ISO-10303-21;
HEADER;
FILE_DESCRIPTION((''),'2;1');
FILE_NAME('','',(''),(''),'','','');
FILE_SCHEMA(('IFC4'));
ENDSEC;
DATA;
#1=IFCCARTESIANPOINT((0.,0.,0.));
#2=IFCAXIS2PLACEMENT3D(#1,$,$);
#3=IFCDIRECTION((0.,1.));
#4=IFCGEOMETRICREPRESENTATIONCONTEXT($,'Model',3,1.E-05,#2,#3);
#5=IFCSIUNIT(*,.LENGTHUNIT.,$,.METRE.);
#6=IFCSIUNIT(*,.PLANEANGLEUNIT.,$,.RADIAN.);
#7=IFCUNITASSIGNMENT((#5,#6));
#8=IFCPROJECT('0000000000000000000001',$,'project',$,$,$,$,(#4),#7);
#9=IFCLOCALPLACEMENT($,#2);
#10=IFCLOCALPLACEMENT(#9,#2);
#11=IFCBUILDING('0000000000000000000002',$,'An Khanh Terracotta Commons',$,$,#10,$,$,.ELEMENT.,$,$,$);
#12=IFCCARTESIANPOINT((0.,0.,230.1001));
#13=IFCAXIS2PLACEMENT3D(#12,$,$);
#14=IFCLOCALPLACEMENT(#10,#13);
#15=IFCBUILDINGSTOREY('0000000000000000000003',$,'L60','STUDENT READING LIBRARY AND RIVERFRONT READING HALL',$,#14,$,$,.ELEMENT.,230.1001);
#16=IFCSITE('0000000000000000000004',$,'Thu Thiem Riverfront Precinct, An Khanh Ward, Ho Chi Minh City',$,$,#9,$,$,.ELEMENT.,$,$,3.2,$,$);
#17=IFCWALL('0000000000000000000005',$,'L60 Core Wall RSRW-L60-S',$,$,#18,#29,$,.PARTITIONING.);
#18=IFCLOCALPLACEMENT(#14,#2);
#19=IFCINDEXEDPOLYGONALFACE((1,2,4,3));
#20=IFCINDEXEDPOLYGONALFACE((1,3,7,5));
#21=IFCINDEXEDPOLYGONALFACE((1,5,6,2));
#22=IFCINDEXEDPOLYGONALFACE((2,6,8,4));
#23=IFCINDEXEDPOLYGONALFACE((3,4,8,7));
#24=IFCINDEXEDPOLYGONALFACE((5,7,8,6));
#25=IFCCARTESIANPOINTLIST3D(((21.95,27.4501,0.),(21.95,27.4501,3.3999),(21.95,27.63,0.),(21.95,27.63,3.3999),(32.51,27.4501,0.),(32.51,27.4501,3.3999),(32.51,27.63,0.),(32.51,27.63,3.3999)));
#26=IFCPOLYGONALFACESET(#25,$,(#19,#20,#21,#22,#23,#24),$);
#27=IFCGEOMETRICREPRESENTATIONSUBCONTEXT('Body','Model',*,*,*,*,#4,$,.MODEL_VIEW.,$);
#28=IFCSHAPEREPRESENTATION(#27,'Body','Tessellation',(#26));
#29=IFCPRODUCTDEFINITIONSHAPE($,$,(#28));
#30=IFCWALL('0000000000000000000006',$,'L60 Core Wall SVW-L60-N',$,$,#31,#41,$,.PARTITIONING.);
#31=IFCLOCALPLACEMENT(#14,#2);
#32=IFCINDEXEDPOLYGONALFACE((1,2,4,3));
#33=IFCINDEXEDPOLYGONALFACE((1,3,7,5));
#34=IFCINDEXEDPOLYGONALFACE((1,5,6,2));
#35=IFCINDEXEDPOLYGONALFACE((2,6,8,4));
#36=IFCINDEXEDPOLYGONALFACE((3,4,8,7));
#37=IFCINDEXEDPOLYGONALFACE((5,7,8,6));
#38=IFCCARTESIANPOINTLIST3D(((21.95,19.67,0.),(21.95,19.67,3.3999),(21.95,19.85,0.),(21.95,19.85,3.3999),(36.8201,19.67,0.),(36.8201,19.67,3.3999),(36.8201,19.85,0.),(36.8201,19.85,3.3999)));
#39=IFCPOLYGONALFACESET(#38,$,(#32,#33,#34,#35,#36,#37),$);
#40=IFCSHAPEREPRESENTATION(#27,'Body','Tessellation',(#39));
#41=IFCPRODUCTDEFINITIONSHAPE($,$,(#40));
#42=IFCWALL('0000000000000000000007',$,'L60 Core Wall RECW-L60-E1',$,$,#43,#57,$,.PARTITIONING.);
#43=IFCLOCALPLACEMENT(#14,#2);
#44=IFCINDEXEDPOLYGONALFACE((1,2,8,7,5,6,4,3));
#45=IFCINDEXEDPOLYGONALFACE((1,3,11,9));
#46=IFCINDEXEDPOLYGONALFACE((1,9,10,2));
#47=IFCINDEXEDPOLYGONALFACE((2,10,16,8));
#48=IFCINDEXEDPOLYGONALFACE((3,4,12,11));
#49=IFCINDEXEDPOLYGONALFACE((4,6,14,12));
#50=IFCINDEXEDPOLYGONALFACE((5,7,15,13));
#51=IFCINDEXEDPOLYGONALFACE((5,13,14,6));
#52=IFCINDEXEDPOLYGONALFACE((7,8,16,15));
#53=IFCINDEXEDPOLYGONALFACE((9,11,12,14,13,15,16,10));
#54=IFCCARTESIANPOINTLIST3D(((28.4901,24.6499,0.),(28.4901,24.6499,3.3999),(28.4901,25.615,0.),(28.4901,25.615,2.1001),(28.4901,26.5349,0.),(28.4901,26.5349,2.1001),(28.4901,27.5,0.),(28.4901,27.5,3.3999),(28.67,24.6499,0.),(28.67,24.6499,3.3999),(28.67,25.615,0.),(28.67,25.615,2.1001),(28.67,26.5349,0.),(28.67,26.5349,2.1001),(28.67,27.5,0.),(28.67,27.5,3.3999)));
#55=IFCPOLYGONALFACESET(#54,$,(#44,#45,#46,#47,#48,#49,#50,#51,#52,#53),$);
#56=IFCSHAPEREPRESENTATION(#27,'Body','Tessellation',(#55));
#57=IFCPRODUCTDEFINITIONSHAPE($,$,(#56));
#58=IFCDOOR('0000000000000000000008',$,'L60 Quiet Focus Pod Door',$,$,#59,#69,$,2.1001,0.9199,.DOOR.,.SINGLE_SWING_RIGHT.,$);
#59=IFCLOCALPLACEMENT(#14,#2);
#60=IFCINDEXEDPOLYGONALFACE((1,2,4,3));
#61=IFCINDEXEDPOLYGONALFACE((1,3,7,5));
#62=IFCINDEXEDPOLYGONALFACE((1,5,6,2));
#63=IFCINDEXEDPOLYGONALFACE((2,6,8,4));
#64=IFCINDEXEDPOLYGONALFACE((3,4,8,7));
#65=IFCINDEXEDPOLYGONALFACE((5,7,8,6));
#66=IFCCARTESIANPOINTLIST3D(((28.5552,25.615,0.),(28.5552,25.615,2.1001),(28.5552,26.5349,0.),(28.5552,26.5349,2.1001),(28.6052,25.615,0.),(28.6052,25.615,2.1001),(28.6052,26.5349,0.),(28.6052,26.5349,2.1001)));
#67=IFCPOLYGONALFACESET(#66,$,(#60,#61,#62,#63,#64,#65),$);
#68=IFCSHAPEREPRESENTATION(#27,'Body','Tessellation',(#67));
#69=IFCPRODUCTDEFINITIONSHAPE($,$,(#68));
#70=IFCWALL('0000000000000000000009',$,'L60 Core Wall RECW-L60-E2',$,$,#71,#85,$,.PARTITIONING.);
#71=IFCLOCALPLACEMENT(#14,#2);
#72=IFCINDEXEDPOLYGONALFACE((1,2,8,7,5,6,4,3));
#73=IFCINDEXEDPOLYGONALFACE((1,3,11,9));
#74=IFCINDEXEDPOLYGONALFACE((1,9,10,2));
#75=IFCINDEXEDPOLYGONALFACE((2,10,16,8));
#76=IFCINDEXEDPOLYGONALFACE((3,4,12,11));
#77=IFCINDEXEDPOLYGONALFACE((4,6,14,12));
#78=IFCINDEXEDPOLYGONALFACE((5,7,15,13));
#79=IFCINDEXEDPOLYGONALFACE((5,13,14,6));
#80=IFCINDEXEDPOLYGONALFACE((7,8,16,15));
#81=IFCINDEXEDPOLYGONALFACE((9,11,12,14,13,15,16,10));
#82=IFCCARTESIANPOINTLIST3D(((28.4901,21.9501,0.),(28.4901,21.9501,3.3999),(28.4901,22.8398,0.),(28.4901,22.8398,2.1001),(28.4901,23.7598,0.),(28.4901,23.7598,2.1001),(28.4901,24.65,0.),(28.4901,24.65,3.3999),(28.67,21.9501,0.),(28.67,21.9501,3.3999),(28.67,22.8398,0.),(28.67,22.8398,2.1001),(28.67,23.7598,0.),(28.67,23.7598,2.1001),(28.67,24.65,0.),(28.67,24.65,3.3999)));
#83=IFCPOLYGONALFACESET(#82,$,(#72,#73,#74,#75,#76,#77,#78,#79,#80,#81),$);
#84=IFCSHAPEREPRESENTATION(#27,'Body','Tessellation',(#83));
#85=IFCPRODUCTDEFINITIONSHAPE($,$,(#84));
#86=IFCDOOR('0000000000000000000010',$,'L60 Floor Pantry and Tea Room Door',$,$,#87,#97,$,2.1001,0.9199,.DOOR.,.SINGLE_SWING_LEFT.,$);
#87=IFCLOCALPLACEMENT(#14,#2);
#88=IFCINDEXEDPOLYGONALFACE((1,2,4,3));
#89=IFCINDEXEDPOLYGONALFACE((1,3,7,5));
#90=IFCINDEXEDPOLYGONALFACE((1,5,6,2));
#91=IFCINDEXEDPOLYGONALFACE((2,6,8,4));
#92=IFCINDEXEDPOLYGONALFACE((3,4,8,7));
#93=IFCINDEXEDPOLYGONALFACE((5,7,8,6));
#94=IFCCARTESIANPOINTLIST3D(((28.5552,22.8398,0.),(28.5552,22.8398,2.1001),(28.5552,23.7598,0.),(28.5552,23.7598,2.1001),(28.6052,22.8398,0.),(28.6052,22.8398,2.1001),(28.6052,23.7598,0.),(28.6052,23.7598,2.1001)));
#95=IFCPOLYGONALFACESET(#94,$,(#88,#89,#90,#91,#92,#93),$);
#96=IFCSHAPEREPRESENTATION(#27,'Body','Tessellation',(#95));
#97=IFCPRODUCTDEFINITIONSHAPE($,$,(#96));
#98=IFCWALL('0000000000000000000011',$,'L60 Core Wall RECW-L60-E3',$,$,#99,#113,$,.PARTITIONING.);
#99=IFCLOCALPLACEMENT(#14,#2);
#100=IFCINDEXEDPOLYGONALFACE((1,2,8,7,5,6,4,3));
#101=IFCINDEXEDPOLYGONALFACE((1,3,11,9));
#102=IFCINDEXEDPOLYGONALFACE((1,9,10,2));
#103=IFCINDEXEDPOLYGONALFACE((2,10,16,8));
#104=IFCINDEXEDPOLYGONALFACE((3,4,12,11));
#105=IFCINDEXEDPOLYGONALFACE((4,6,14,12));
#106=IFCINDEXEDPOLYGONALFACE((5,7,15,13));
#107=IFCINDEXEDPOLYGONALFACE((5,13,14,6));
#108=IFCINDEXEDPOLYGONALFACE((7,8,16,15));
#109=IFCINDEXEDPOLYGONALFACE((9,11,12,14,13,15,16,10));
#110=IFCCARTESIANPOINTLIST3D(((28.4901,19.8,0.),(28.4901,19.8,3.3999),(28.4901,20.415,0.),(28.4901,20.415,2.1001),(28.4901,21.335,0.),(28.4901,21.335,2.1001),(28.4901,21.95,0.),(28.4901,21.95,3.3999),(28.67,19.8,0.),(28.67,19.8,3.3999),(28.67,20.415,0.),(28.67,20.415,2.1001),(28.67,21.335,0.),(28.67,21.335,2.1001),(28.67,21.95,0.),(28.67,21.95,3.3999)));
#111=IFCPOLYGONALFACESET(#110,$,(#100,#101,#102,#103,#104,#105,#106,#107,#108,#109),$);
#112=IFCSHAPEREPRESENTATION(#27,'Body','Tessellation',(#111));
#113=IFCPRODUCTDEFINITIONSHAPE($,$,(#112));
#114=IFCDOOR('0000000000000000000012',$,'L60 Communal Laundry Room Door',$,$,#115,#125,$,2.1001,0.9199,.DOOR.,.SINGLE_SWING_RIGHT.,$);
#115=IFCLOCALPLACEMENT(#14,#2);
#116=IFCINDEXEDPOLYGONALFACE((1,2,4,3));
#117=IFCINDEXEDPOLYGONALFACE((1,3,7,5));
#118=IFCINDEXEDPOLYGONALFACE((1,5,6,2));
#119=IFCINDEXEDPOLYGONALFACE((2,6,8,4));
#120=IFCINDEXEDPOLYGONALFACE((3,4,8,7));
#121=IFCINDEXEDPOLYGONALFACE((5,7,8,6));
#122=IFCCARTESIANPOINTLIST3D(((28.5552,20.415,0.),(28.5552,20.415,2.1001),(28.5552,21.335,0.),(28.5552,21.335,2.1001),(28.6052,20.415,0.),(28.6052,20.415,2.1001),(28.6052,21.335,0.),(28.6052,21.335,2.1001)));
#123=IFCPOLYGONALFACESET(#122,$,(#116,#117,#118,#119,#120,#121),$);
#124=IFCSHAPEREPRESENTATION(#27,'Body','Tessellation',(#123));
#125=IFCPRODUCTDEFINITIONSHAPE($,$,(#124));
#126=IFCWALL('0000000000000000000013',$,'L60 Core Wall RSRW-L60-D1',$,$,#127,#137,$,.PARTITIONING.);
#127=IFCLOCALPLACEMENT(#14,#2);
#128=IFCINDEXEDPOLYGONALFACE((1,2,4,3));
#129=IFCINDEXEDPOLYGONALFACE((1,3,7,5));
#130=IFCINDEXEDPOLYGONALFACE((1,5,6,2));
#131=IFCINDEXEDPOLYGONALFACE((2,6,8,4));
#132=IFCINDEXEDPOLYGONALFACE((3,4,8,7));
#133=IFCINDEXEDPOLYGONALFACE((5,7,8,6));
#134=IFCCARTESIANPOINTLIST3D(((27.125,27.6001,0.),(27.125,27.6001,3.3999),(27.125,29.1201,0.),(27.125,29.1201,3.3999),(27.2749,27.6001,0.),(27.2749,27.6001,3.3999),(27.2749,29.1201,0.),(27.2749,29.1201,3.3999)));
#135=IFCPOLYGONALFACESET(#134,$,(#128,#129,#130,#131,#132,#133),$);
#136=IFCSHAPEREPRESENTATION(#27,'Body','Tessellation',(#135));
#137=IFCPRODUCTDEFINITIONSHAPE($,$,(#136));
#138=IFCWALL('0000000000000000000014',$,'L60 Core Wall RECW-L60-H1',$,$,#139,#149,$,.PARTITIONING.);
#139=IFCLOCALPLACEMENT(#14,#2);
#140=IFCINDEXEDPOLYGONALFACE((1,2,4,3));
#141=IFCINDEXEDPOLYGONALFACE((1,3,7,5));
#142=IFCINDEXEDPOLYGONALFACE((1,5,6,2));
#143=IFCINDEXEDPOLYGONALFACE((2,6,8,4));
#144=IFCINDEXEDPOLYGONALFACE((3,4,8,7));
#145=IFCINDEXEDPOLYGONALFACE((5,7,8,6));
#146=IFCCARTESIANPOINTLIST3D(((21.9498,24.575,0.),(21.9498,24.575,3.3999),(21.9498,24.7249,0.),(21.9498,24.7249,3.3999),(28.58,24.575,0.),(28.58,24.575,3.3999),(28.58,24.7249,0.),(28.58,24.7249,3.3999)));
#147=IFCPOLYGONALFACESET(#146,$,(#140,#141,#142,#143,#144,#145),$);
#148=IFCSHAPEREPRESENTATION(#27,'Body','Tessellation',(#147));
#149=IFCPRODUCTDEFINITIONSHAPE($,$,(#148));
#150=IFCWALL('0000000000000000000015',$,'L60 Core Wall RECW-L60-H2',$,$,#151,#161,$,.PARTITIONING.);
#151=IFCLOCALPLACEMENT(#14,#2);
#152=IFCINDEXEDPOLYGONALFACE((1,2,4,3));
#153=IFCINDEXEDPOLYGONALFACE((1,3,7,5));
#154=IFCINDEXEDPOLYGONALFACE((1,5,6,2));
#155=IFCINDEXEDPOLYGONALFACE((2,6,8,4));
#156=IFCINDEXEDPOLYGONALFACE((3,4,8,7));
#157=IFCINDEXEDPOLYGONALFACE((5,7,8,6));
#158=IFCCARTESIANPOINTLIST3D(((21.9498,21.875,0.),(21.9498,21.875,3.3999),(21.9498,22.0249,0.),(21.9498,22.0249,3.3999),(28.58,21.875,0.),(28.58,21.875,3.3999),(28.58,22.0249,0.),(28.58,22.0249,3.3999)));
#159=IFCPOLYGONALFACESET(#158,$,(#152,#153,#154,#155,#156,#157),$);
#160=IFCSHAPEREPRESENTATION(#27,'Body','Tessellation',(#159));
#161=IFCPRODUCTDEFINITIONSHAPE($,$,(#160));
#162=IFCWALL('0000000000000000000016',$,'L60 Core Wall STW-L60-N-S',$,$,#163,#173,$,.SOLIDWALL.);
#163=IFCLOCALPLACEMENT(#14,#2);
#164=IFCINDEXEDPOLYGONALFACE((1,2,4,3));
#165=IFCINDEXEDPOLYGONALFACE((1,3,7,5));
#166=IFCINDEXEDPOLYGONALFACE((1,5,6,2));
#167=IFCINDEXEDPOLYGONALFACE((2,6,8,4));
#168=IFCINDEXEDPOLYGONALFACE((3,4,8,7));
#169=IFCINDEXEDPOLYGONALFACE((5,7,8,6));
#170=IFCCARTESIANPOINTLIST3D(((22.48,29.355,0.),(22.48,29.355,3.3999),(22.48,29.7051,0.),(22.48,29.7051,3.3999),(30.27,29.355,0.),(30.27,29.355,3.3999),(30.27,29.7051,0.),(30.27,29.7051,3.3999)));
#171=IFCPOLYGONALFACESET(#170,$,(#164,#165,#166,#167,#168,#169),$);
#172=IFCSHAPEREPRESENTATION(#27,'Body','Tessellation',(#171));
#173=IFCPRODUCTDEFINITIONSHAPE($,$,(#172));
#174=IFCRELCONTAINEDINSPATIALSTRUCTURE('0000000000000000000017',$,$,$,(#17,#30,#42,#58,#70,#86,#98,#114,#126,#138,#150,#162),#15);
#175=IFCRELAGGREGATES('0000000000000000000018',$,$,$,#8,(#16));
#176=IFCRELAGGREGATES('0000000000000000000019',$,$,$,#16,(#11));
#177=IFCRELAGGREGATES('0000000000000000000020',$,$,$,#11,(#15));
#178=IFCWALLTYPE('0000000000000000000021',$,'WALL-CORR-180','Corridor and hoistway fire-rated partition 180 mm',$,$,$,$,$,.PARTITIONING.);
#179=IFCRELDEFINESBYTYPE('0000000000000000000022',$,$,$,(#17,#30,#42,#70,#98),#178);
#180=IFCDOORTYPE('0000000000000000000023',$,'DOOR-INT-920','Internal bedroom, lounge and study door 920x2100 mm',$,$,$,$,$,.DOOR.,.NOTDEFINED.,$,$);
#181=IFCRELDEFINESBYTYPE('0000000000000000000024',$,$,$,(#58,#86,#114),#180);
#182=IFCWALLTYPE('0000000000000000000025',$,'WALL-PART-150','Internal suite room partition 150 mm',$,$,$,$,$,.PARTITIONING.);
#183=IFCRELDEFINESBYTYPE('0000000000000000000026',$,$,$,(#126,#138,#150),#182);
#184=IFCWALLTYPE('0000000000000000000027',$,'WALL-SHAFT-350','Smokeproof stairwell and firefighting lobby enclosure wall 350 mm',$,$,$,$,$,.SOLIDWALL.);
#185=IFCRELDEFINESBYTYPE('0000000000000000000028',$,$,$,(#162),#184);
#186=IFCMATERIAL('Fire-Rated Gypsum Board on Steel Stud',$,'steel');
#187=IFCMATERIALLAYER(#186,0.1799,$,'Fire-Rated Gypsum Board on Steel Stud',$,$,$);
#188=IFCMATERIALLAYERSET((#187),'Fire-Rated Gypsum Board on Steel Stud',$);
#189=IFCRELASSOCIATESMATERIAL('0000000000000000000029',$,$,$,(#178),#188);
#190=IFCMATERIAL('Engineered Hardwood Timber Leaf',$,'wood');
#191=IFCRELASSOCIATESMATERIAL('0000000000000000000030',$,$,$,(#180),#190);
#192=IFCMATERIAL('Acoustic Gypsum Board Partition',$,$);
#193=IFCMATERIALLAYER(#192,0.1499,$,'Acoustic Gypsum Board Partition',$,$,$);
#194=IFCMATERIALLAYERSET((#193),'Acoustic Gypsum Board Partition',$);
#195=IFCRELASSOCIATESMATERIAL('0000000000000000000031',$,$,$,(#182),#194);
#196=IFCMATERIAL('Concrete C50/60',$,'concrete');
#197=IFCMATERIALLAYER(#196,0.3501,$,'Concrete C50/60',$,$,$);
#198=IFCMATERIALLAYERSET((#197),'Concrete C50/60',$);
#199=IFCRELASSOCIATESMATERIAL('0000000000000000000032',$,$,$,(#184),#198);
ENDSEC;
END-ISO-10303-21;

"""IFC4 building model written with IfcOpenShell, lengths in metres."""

from ifc_helpers import new_model, si_unit, direction, frame, frame_2d, origin, place, context, subcontext, project, spatial, rectangle, extrude, material, layer, layer_set, type_object, element, fill, save


model = new_model("IFC4")

# Units and contexts
model_context = context("Model", 3, precision=1e-05, world=origin(), true_north=direction((0.0, 1.0)))
body_context = subcontext(model_context, "Body", "Model", "MODEL_VIEW")
ifc_project = project(units=[si_unit("LENGTHUNIT", "METRE"), si_unit("PLANEANGLEUNIT", "RADIAN")], contexts=[model_context])

# Site, building, storey
site_placement = place(None, origin())
site = spatial("IfcSite", under=ifc_project, at=site_placement, Name="Thu Thiem Riverfront Precinct, An Khanh Ward, Ho Chi Minh City", CompositionType="ELEMENT", RefElevation=3.2)
building_placement = place(site_placement, origin())
building = spatial("IfcBuilding", under=site, at=building_placement, Name="An Khanh Terracotta Commons", CompositionType="ELEMENT")
storey_placement = place(building_placement, frame((0.0, 0.0, 230.1001)))
storey = spatial("IfcBuildingStorey", under=building, at=storey_placement, Name="L60", Description="STUDENT READING LIBRARY AND RIVERFRONT READING HALL", CompositionType="ELEMENT", Elevation=230.1001)

# Walls
ifc_material_1 = material(Name="Fire-Rated Gypsum Board on Steel Stud", Category="steel")
ifc_layer_1 = layer(ifc_material_1, 0.1799, Name="Fire-Rated Gypsum Board on Steel Stud")
ifc_layer_set_1 = layer_set([ifc_layer_1], Name="Fire-Rated Gypsum Board on Steel Stud")
wall_type_1 = type_object("IfcWallType", Name="WALL-CORR-180", Description="Corridor and hoistway fire-rated partition 180 mm", PredefinedType="PARTITIONING", material=ifc_layer_set_1)
wall_1_placement = place(storey_placement, frame((21.95, 27.54, 0.0), z_axis=(0.0, 0.0, 1.0), x_axis=(1.0, 0.0, 0.0)))
element("IfcWall", 1, at=wall_1_placement, inside=storey, type_object=wall_type_1, Name="L60 Core Wall RSRW-L60-S", PredefinedType="PARTITIONING", context=body_context, shape_type="SweptSolid", body=[
    extrude(rectangle(XDim=10.5601, YDim=0.1799, at=frame_2d((5.28, 0.0))), origin(), (0.0, 0.0, 1.0), 3.3999),
])
wall_2_placement = place(storey_placement, frame((21.95, 19.76, 0.0), z_axis=(0.0, 0.0, 1.0), x_axis=(1.0, 0.0, 0.0)))
element("IfcWall", 2, at=wall_2_placement, inside=storey, type_object=wall_type_1, Name="L60 Core Wall SVW-L60-N", PredefinedType="PARTITIONING", context=body_context, shape_type="SweptSolid", body=[
    extrude(rectangle(XDim=14.8701, YDim=0.1799, at=frame_2d((7.4351, 0.0))), origin(), (0.0, 0.0, 1.0), 3.3999),
])

# Walls, openings, doors
wall_3_placement = place(storey_placement, frame((28.5801, 24.6499, 0.0), z_axis=(0.0, 0.0, 1.0), x_axis=(0.0, 1.0, 0.0)))
wall_3 = element("IfcWall", 3, at=wall_3_placement, inside=storey, type_object=wall_type_1, Name="L60 Core Wall RECW-L60-E1", PredefinedType="PARTITIONING", context=body_context, shape_type="SweptSolid", body=[
    extrude(rectangle(XDim=2.8501, YDim=0.1799, at=frame_2d((1.425, 0.0))), origin(), (0.0, 0.0, 1.0), 3.3999),
])
opening_1_placement = place(wall_3_placement, frame((0.9651, 0.0, 0.0)))
opening_1 = element("IfcOpeningElement", 4, at=opening_1_placement, cuts=wall_3, PredefinedType="OPENING", context=body_context, shape_type="SweptSolid", body=[
    extrude(rectangle(XDim=0.9199, YDim=2.1001, at=frame_2d((0.46, 1.05))), frame((0.0, 0.0999, 0.0), z_axis=(0.0, -1.0, 0.0), x_axis=(1.0, 0.0, 0.0)), (0.0, 0.0, 1.0), 0.2),
])
ifc_material_2 = material(Name="Engineered Hardwood Timber Leaf", Category="wood")
door_type = type_object("IfcDoorType", Name="DOOR-INT-920", Description="Internal bedroom, lounge and study door 920x2100 mm", OperationType="NOTDEFINED", PredefinedType="DOOR", material=ifc_material_2)
door_1_placement = place(opening_1_placement, origin())
door_1 = element("IfcDoor", 5, at=door_1_placement, inside=storey, type_object=door_type, Name="L60 Quiet Focus Pod Door", OperationType="SINGLE_SWING_RIGHT", OverallHeight=2.1001, OverallWidth=0.9199, PredefinedType="DOOR", context=body_context, shape_type="SweptSolid", body=[
    extrude(rectangle(XDim=0.9199, YDim=2.1001, at=frame_2d((0.46, 1.05))), frame((0.0, 0.0249, 0.0), z_axis=(0.0, -1.0, 0.0), x_axis=(1.0, 0.0, 0.0)), (0.0, 0.0, 1.0), 0.05),
])
fill(opening_1, door_1)
wall_4_placement = place(storey_placement, frame((28.5801, 21.95, 0.0), z_axis=(0.0, 0.0, 1.0), x_axis=(0.0, 1.0, 0.0)))
wall_4 = element("IfcWall", 6, at=wall_4_placement, inside=storey, type_object=wall_type_1, Name="L60 Core Wall RECW-L60-E2", PredefinedType="PARTITIONING", context=body_context, shape_type="SweptSolid", body=[
    extrude(rectangle(XDim=2.7, YDim=0.1799, at=frame_2d((1.3501, 0.0))), origin(), (0.0, 0.0, 1.0), 3.3999),
])
opening_2_placement = place(wall_4_placement, frame((0.8899, 0.0, 0.0)))
opening_2 = element("IfcOpeningElement", 7, at=opening_2_placement, cuts=wall_4, PredefinedType="OPENING", context=body_context, shape_type="SweptSolid", body=[
    extrude(rectangle(XDim=0.9199, YDim=2.1001, at=frame_2d((0.46, 1.05))), frame((0.0, 0.0999, 0.0), z_axis=(0.0, -1.0, 0.0), x_axis=(1.0, 0.0, 0.0)), (0.0, 0.0, 1.0), 0.2),
])
door_2_placement = place(opening_2_placement, origin())
door_2 = element("IfcDoor", 8, at=door_2_placement, inside=storey, type_object=door_type, Name="L60 Floor Pantry and Tea Room Door", OperationType="SINGLE_SWING_LEFT", OverallHeight=2.1001, OverallWidth=0.9199, PredefinedType="DOOR", context=body_context, shape_type="SweptSolid", body=[
    extrude(rectangle(XDim=0.9199, YDim=2.1001, at=frame_2d((0.46, 1.05))), frame((0.0, 0.0249, 0.0), z_axis=(0.0, -1.0, 0.0), x_axis=(1.0, 0.0, 0.0)), (0.0, 0.0, 1.0), 0.05),
])
fill(opening_2, door_2)
wall_5_placement = place(storey_placement, frame((28.5801, 19.8, 0.0), z_axis=(0.0, 0.0, 1.0), x_axis=(0.0, 1.0, 0.0)))
wall_5 = element("IfcWall", 9, at=wall_5_placement, inside=storey, type_object=wall_type_1, Name="L60 Core Wall RECW-L60-E3", PredefinedType="PARTITIONING", context=body_context, shape_type="SweptSolid", body=[
    extrude(rectangle(XDim=2.1499, YDim=0.1799, at=frame_2d((1.075, 0.0))), origin(), (0.0, 0.0, 1.0), 3.3999),
])
opening_3_placement = place(wall_5_placement, frame((0.615, 0.0, 0.0)))
opening_3 = element("IfcOpeningElement", 10, at=opening_3_placement, cuts=wall_5, PredefinedType="OPENING", context=body_context, shape_type="SweptSolid", body=[
    extrude(rectangle(XDim=0.9199, YDim=2.1001, at=frame_2d((0.46, 1.05))), frame((0.0, 0.0999, 0.0), z_axis=(0.0, -1.0, 0.0), x_axis=(1.0, 0.0, 0.0)), (0.0, 0.0, 1.0), 0.2),
])
door_3_placement = place(opening_3_placement, origin())
door_3 = element("IfcDoor", 11, at=door_3_placement, inside=storey, type_object=door_type, Name="L60 Communal Laundry Room Door", OperationType="SINGLE_SWING_RIGHT", OverallHeight=2.1001, OverallWidth=0.9199, PredefinedType="DOOR", context=body_context, shape_type="SweptSolid", body=[
    extrude(rectangle(XDim=0.9199, YDim=2.1001, at=frame_2d((0.46, 1.05))), frame((0.0, 0.0249, 0.0), z_axis=(0.0, -1.0, 0.0), x_axis=(1.0, 0.0, 0.0)), (0.0, 0.0, 1.0), 0.05),
])
fill(opening_3, door_3)

# Walls
ifc_material_3 = material(Name="Acoustic Gypsum Board Partition")
ifc_layer_2 = layer(ifc_material_3, 0.1499, Name="Acoustic Gypsum Board Partition")
ifc_layer_set_2 = layer_set([ifc_layer_2], Name="Acoustic Gypsum Board Partition")
wall_type_2 = type_object("IfcWallType", Name="WALL-PART-150", Description="Internal suite room partition 150 mm", PredefinedType="PARTITIONING", material=ifc_layer_set_2)
wall_6_placement = place(storey_placement, frame((27.2, 27.6001, 0.0), z_axis=(0.0, 0.0, 1.0), x_axis=(0.0, 1.0, 0.0)))
element("IfcWall", 12, at=wall_6_placement, inside=storey, type_object=wall_type_2, Name="L60 Core Wall RSRW-L60-D1", PredefinedType="PARTITIONING", context=body_context, shape_type="SweptSolid", body=[
    extrude(rectangle(XDim=1.52, YDim=0.1499, at=frame_2d((0.76, 0.0))), origin(), (0.0, 0.0, 1.0), 3.3999),
])
for number, where, z_axis, x_axis, name in (
    (13, (21.95, 24.6499, 0.0), (0.0, 0.0, 1.0), (1.0, 0.0, 0.0), "L60 Core Wall RECW-L60-H1"),
    (14, (21.95, 21.95, 0.0), (0.0, 0.0, 1.0), (1.0, 0.0, 0.0), "L60 Core Wall RECW-L60-H2"),
):
    element("IfcWall", number, at=place(storey_placement, frame(where, z_axis=z_axis, x_axis=x_axis)), inside=storey, type_object=wall_type_2, Name=name, PredefinedType="PARTITIONING", context=body_context, shape_type="SweptSolid", body=[
        extrude(rectangle(XDim=6.6301, YDim=0.1499, at=frame_2d((3.3149, 0.0))), origin(), (0.0, 0.0, 1.0), 3.3999),
    ])
ifc_material_4 = material(Name="Concrete C50/60", Category="concrete")
ifc_layer_3 = layer(ifc_material_4, 0.3501, Name="Concrete C50/60")
ifc_layer_set_3 = layer_set([ifc_layer_3], Name="Concrete C50/60")
wall_type_3 = type_object("IfcWallType", Name="WALL-SHAFT-350", Description="Smokeproof stairwell and firefighting lobby enclosure wall 350 mm", PredefinedType="SOLIDWALL", material=ifc_layer_set_3)
wall_7_placement = place(storey_placement, frame((22.48, 29.53, 0.0), z_axis=(0.0, 0.0, 1.0), x_axis=(1.0, 0.0, 0.0)))
element("IfcWall", 15, at=wall_7_placement, inside=storey, type_object=wall_type_3, Name="L60 Core Wall STW-L60-N-S", PredefinedType="SOLIDWALL", context=body_context, shape_type="SweptSolid", body=[
    extrude(rectangle(XDim=7.79, YDim=0.3501, at=frame_2d((3.895, 0.0))), origin(), (0.0, 0.0, 1.0), 3.3999),
])

save(model, "model.ifc")
